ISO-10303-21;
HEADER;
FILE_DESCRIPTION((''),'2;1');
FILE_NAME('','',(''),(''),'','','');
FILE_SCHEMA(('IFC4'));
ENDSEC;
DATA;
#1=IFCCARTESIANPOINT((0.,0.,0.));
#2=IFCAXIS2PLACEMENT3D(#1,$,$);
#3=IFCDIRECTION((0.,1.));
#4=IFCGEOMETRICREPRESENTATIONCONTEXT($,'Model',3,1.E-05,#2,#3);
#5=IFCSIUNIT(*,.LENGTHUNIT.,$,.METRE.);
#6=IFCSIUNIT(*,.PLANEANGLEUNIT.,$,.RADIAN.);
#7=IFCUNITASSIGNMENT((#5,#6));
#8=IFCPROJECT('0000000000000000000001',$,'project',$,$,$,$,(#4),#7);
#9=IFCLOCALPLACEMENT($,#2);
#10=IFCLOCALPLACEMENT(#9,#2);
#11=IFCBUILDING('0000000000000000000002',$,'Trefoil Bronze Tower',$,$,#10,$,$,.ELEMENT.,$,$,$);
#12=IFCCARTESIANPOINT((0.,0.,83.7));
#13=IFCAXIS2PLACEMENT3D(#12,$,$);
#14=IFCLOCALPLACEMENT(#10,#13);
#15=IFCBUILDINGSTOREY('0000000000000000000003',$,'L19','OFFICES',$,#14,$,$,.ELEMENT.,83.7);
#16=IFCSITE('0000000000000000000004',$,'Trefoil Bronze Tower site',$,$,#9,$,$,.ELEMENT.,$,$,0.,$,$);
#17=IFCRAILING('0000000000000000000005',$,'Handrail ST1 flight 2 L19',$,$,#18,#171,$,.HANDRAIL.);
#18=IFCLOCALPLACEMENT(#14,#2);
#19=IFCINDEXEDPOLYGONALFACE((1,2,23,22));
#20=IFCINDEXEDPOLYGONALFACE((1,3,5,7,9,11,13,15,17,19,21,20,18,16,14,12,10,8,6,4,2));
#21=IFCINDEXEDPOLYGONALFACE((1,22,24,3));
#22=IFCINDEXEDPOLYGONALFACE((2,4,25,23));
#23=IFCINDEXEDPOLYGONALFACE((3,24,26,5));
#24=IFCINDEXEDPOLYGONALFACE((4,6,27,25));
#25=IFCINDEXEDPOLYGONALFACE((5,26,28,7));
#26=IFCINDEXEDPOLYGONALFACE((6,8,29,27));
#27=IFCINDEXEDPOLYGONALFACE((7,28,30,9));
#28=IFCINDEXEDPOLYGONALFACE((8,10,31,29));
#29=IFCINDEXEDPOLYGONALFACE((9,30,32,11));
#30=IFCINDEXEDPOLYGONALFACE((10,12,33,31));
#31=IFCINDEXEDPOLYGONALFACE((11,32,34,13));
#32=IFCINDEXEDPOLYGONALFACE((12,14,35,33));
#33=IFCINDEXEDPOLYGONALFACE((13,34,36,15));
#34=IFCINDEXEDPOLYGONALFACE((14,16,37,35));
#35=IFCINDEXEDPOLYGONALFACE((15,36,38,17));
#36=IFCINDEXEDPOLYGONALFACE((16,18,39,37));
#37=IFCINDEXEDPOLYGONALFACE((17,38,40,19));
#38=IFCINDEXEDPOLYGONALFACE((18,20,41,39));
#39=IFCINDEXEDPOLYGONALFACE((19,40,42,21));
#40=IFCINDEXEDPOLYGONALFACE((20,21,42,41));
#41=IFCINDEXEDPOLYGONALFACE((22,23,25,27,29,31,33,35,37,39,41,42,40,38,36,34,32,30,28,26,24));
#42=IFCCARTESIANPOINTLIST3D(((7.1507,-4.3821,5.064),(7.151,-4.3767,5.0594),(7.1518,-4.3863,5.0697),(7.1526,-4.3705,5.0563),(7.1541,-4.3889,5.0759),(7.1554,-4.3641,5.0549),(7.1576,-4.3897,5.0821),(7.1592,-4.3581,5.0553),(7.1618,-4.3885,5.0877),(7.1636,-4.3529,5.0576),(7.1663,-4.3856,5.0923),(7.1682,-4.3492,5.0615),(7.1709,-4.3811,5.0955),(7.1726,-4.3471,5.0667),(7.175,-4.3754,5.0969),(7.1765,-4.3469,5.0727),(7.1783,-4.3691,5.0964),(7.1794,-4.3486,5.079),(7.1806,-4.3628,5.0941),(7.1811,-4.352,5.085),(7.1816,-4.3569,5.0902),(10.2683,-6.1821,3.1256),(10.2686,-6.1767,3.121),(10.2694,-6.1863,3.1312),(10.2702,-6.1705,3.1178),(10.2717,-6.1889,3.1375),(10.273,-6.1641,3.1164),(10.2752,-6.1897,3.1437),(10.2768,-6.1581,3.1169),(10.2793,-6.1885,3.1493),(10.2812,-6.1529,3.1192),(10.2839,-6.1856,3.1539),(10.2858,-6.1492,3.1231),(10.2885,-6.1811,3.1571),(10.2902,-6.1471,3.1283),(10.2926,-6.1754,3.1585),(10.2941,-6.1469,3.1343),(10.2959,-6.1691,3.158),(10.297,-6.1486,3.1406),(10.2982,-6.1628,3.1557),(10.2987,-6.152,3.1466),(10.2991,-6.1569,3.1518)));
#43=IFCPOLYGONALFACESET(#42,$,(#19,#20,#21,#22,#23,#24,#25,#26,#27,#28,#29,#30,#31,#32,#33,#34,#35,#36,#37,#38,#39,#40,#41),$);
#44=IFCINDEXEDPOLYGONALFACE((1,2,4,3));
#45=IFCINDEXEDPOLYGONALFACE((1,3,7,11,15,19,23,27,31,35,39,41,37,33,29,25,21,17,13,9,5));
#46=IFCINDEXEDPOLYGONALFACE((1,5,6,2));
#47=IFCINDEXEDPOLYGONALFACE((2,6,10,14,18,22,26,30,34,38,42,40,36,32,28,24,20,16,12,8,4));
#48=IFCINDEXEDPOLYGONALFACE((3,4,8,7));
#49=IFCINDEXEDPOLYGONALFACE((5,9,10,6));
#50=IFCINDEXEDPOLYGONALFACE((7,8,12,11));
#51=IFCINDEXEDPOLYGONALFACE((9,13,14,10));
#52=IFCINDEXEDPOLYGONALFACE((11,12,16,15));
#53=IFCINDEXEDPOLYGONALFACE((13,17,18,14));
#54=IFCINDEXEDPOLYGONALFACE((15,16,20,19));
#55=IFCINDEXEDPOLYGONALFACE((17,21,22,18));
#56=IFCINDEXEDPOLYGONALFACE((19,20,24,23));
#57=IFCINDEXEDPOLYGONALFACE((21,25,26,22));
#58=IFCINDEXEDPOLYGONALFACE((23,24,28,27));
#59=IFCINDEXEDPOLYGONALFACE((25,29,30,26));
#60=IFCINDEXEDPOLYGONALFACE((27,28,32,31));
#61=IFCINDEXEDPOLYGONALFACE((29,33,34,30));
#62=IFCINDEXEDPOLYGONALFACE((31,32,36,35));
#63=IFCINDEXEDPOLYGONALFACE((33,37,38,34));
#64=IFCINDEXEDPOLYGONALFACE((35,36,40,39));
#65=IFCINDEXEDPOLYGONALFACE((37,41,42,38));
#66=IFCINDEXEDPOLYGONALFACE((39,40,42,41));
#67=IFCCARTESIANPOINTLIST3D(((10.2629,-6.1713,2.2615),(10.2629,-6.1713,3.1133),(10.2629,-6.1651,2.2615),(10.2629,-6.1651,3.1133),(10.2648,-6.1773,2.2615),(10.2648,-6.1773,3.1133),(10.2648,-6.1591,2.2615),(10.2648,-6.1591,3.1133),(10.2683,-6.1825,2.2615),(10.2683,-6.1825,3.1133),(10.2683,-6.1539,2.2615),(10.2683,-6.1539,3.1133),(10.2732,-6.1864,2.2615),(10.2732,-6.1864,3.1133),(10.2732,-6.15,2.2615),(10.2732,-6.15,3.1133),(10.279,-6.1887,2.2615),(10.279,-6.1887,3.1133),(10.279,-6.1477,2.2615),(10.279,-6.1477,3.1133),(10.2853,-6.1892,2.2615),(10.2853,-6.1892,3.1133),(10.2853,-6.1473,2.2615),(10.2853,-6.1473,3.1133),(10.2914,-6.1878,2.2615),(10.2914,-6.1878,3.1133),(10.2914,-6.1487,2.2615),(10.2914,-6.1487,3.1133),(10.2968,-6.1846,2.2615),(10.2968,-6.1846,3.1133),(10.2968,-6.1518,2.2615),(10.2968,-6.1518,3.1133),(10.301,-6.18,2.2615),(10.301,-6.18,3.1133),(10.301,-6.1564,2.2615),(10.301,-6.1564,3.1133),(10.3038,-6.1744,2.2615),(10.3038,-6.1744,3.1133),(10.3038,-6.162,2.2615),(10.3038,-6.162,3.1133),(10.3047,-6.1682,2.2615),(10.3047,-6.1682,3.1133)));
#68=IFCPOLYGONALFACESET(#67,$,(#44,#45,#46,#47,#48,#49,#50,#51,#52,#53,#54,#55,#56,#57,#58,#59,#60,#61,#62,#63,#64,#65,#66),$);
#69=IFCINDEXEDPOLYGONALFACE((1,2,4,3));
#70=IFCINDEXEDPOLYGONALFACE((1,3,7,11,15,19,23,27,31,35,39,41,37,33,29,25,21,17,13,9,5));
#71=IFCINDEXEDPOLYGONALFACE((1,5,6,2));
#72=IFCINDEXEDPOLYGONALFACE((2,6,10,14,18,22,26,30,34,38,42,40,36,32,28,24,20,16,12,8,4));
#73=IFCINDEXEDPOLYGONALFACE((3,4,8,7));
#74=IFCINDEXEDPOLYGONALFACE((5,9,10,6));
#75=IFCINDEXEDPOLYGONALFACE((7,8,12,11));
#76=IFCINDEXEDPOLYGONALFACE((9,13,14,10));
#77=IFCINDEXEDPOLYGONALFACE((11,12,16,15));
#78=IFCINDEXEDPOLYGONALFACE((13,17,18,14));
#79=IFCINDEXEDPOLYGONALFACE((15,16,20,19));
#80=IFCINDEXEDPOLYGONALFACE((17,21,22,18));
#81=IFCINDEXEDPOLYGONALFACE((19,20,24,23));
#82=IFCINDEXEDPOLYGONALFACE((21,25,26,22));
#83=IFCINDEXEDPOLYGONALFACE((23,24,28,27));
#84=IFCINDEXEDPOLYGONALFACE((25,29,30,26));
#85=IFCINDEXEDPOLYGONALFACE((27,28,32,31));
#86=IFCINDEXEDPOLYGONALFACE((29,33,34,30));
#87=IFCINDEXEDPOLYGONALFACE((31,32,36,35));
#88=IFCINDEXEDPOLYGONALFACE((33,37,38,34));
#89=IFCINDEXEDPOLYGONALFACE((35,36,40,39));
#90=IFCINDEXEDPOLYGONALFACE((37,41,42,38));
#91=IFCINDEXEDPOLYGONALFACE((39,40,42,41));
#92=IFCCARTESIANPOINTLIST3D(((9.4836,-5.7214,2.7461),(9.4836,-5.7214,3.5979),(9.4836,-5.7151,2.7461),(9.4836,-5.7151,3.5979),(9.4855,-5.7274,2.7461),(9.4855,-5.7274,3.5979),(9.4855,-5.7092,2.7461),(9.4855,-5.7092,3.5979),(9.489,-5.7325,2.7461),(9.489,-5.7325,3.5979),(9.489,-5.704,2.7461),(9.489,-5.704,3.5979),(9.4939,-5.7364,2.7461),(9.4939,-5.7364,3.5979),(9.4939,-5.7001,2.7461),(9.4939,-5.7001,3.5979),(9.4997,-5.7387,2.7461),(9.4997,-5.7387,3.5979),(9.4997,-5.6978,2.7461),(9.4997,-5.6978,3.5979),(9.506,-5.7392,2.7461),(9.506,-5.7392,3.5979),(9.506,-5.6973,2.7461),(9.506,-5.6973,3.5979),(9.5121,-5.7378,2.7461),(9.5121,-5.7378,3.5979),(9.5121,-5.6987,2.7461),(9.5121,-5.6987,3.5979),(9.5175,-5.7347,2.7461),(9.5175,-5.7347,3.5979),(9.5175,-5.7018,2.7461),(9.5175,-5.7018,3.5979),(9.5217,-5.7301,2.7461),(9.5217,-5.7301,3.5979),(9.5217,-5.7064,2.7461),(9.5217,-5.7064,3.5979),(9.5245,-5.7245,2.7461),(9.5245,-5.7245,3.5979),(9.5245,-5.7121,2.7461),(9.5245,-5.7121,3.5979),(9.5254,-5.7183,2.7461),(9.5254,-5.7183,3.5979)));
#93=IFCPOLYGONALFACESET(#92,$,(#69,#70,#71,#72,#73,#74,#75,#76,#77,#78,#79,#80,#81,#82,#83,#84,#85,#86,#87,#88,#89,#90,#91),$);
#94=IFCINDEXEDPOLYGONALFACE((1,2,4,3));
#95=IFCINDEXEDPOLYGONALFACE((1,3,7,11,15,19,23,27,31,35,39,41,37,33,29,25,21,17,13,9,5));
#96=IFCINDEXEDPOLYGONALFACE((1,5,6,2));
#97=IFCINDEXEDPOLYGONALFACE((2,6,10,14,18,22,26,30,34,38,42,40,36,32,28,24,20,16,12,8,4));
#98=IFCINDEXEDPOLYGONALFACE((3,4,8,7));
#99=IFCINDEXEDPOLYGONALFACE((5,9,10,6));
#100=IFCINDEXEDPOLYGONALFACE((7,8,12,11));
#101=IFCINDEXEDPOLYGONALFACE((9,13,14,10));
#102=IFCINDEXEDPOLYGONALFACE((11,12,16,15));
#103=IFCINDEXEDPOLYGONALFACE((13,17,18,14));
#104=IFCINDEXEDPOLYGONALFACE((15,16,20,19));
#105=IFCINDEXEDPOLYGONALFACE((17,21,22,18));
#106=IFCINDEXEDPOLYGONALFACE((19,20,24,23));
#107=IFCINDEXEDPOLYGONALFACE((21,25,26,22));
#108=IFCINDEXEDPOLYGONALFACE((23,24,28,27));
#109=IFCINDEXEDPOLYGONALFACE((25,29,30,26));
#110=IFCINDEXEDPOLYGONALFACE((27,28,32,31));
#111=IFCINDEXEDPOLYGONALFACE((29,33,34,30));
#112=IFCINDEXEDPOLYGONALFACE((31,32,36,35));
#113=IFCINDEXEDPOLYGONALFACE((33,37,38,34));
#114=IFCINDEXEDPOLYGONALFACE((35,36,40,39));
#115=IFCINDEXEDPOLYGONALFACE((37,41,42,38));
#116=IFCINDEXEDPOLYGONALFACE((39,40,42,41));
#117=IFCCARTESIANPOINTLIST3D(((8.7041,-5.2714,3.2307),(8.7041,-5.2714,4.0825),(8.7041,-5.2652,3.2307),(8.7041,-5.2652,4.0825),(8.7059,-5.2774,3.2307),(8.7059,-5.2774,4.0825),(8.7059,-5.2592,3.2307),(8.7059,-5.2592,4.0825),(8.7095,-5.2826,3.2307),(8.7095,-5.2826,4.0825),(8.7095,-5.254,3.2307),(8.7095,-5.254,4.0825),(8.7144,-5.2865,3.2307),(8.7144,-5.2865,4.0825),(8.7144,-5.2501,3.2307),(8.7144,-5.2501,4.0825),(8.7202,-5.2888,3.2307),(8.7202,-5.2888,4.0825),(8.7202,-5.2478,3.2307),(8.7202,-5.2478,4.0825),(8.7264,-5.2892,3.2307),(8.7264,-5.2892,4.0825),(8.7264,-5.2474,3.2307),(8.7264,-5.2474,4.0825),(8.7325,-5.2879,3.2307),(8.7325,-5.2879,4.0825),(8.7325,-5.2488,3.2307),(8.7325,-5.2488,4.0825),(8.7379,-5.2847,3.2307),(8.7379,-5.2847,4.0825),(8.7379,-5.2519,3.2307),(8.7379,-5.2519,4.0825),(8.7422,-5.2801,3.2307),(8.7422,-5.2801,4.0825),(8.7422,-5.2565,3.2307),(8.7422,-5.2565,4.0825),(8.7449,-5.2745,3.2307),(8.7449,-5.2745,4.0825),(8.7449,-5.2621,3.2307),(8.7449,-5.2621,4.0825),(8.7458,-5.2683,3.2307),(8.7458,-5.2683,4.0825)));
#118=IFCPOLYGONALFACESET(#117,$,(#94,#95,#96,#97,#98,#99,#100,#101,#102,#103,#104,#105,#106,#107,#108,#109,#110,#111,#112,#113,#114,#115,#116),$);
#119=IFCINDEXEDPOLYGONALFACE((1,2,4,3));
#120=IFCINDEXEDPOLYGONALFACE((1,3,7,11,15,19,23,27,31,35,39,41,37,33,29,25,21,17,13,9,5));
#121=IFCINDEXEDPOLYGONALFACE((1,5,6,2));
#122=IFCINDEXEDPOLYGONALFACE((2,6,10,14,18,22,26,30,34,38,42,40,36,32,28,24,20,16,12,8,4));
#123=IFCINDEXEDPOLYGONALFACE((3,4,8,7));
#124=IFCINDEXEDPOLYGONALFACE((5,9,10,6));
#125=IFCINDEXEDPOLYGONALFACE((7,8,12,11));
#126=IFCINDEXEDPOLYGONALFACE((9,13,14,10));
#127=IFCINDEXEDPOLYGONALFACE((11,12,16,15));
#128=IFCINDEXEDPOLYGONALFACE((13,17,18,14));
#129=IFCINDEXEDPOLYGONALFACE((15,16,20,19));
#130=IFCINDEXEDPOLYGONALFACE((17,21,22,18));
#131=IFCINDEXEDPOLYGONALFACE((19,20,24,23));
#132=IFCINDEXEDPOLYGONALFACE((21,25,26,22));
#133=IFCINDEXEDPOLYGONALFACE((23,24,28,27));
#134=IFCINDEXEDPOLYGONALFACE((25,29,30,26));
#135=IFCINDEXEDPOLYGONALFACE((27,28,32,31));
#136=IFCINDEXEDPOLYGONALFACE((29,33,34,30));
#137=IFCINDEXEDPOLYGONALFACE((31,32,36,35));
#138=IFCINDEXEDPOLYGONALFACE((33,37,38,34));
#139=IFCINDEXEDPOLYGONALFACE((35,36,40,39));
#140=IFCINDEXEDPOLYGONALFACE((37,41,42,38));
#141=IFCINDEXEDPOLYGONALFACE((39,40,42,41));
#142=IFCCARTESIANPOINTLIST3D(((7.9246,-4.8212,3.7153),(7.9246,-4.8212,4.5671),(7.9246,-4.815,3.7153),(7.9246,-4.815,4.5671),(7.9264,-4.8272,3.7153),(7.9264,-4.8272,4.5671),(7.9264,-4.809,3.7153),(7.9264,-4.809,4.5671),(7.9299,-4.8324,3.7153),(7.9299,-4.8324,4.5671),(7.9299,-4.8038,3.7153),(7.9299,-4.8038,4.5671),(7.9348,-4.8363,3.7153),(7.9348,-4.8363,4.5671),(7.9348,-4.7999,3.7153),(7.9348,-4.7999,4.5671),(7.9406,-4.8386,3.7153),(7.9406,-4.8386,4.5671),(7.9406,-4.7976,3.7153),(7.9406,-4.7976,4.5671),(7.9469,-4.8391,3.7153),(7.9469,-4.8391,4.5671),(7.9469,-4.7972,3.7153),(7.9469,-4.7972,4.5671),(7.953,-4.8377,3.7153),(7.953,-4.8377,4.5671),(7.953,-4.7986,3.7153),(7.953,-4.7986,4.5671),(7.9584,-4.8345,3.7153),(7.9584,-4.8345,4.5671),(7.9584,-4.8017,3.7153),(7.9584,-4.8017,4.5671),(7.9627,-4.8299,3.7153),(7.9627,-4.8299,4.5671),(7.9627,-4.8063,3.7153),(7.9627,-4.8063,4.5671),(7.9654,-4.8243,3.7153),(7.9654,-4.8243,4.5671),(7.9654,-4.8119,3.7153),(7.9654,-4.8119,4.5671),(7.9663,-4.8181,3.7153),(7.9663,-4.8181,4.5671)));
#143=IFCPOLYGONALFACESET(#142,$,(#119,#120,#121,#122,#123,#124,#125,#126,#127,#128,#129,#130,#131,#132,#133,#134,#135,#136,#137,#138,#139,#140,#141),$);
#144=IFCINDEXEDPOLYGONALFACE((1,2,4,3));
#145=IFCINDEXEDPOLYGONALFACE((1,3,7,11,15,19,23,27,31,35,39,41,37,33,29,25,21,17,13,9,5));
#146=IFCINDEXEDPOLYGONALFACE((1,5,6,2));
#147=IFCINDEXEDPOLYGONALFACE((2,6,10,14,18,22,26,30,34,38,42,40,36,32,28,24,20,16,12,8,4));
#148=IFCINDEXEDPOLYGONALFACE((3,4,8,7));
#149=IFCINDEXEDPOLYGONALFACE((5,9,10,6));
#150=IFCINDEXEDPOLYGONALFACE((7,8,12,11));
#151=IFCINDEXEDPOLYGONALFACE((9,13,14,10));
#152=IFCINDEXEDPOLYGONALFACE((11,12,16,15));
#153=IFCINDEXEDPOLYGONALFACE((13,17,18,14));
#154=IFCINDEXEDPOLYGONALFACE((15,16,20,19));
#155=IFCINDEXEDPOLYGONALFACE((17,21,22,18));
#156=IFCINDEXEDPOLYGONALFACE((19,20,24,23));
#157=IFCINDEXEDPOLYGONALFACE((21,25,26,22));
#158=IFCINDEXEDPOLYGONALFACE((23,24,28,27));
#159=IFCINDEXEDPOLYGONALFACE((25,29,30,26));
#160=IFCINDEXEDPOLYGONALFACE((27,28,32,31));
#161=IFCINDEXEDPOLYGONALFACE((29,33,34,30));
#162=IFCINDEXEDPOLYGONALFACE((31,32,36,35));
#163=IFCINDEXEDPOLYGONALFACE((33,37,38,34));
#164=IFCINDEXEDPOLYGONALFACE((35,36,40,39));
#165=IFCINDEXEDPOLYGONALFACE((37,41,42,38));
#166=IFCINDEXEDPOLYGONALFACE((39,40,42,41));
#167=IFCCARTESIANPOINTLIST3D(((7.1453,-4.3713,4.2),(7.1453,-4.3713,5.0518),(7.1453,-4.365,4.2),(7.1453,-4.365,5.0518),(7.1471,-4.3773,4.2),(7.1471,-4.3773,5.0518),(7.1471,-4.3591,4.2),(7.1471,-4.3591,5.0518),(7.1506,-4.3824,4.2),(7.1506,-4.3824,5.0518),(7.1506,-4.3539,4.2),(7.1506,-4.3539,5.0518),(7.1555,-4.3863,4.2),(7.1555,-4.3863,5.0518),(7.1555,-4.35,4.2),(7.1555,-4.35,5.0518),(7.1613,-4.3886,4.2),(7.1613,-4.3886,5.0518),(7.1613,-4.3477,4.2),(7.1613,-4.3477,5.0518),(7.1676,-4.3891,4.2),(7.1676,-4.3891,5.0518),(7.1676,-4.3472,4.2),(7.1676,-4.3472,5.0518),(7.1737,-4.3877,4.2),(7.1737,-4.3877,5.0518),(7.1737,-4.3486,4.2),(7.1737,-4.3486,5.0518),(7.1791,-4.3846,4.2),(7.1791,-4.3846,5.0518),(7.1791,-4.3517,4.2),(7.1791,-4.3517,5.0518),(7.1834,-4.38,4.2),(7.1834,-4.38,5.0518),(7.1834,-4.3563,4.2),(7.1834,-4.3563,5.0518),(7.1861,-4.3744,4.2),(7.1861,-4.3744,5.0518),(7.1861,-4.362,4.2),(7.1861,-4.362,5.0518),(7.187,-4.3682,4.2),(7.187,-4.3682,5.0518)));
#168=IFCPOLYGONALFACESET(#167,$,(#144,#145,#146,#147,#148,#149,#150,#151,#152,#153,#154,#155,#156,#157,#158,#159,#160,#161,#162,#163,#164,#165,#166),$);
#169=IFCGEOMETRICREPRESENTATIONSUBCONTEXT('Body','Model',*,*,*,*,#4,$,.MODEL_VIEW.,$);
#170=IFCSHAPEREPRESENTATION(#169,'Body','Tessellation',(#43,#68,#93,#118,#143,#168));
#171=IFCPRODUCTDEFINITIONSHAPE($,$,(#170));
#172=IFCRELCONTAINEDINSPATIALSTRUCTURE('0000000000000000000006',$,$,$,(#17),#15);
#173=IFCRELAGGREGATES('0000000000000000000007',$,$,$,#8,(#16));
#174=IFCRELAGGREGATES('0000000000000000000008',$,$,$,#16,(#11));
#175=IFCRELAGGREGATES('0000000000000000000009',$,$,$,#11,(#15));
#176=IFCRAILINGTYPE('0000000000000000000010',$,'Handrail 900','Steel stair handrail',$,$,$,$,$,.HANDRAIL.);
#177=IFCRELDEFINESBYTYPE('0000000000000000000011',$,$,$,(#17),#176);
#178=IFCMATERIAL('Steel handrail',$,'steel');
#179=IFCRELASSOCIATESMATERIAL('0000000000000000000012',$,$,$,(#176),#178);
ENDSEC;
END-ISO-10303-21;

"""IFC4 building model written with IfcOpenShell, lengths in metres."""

from ifc_helpers import new_model, si_unit, direction, frame, origin, origin_2d, place, context, subcontext, project, spatial, circle, extrude, material, type_object, element, save


model = new_model("IFC4")

# Units and contexts
model_context = context("Model", 3, precision=1e-05, world=origin(), true_north=direction((0.0, 1.0)))
body_context = subcontext(model_context, "Body", "Model", "MODEL_VIEW")
ifc_project = project(units=[si_unit("LENGTHUNIT", "METRE"), si_unit("PLANEANGLEUNIT", "RADIAN")], contexts=[model_context])

# Site, building, storey
site_placement = place(None, origin())
site = spatial("IfcSite", under=ifc_project, at=site_placement, Name="Trefoil Bronze Tower site", CompositionType="ELEMENT", RefElevation=0.0)
building_placement = place(site_placement, origin())
building = spatial("IfcBuilding", under=site, at=building_placement, Name="Trefoil Bronze Tower", CompositionType="ELEMENT")
storey_placement = place(building_placement, frame((0.0, 0.0, 83.7)))
storey = spatial("IfcBuildingStorey", under=building, at=storey_placement, Name="L19", Description="OFFICES", CompositionType="ELEMENT", Elevation=83.7)

# Railing
ifc_material_1 = material(Name="Steel handrail", Category="steel")
railing_type = type_object("IfcRailingType", Name="Handrail 900", Description="Steel stair handrail", PredefinedType="HANDRAIL", material=ifc_material_1)
railing_1_placement = place(storey_placement, frame((10.2837, -6.1682, 2.2615)))
element("IfcRailing", 1, at=railing_1_placement, inside=storey, type_object=railing_type, Name="Handrail ST1 flight 2 L19", PredefinedType="HANDRAIL", context=body_context, shape_type="SweptSolid", body=[
    extrude(circle(Radius=0.0239, at=origin_2d()), frame((0.0, 0.0, 0.876), z_axis=(-0.762503, 0.440246, 0.474102), x_axis=(-0.500012, -0.866018, 0.0)), (0.0, 0.0, 1.0), 4.0886),
    extrude(circle(Radius=0.021, at=origin_2d()), origin(), (0.0, 0.0, 1.0), 0.8518),
    extrude(circle(Radius=0.021, at=origin_2d()), frame((-0.7793, 0.45, 0.4846)), (0.0, 0.0, 1.0), 0.8518),
    extrude(circle(Radius=0.021, at=origin_2d()), frame((-1.5588, 0.8999, 0.9692)), (0.0, 0.0, 1.0), 0.8518),
    extrude(circle(Radius=0.021, at=origin_2d()), frame((-2.3384, 1.3501, 1.4539)), (0.0, 0.0, 1.0), 0.8518),
    extrude(circle(Radius=0.021, at=origin_2d()), frame((-3.1177, 1.8, 1.9385)), (0.0, 0.0, 1.0), 0.8518),
])

save(model, "model.ifc")
